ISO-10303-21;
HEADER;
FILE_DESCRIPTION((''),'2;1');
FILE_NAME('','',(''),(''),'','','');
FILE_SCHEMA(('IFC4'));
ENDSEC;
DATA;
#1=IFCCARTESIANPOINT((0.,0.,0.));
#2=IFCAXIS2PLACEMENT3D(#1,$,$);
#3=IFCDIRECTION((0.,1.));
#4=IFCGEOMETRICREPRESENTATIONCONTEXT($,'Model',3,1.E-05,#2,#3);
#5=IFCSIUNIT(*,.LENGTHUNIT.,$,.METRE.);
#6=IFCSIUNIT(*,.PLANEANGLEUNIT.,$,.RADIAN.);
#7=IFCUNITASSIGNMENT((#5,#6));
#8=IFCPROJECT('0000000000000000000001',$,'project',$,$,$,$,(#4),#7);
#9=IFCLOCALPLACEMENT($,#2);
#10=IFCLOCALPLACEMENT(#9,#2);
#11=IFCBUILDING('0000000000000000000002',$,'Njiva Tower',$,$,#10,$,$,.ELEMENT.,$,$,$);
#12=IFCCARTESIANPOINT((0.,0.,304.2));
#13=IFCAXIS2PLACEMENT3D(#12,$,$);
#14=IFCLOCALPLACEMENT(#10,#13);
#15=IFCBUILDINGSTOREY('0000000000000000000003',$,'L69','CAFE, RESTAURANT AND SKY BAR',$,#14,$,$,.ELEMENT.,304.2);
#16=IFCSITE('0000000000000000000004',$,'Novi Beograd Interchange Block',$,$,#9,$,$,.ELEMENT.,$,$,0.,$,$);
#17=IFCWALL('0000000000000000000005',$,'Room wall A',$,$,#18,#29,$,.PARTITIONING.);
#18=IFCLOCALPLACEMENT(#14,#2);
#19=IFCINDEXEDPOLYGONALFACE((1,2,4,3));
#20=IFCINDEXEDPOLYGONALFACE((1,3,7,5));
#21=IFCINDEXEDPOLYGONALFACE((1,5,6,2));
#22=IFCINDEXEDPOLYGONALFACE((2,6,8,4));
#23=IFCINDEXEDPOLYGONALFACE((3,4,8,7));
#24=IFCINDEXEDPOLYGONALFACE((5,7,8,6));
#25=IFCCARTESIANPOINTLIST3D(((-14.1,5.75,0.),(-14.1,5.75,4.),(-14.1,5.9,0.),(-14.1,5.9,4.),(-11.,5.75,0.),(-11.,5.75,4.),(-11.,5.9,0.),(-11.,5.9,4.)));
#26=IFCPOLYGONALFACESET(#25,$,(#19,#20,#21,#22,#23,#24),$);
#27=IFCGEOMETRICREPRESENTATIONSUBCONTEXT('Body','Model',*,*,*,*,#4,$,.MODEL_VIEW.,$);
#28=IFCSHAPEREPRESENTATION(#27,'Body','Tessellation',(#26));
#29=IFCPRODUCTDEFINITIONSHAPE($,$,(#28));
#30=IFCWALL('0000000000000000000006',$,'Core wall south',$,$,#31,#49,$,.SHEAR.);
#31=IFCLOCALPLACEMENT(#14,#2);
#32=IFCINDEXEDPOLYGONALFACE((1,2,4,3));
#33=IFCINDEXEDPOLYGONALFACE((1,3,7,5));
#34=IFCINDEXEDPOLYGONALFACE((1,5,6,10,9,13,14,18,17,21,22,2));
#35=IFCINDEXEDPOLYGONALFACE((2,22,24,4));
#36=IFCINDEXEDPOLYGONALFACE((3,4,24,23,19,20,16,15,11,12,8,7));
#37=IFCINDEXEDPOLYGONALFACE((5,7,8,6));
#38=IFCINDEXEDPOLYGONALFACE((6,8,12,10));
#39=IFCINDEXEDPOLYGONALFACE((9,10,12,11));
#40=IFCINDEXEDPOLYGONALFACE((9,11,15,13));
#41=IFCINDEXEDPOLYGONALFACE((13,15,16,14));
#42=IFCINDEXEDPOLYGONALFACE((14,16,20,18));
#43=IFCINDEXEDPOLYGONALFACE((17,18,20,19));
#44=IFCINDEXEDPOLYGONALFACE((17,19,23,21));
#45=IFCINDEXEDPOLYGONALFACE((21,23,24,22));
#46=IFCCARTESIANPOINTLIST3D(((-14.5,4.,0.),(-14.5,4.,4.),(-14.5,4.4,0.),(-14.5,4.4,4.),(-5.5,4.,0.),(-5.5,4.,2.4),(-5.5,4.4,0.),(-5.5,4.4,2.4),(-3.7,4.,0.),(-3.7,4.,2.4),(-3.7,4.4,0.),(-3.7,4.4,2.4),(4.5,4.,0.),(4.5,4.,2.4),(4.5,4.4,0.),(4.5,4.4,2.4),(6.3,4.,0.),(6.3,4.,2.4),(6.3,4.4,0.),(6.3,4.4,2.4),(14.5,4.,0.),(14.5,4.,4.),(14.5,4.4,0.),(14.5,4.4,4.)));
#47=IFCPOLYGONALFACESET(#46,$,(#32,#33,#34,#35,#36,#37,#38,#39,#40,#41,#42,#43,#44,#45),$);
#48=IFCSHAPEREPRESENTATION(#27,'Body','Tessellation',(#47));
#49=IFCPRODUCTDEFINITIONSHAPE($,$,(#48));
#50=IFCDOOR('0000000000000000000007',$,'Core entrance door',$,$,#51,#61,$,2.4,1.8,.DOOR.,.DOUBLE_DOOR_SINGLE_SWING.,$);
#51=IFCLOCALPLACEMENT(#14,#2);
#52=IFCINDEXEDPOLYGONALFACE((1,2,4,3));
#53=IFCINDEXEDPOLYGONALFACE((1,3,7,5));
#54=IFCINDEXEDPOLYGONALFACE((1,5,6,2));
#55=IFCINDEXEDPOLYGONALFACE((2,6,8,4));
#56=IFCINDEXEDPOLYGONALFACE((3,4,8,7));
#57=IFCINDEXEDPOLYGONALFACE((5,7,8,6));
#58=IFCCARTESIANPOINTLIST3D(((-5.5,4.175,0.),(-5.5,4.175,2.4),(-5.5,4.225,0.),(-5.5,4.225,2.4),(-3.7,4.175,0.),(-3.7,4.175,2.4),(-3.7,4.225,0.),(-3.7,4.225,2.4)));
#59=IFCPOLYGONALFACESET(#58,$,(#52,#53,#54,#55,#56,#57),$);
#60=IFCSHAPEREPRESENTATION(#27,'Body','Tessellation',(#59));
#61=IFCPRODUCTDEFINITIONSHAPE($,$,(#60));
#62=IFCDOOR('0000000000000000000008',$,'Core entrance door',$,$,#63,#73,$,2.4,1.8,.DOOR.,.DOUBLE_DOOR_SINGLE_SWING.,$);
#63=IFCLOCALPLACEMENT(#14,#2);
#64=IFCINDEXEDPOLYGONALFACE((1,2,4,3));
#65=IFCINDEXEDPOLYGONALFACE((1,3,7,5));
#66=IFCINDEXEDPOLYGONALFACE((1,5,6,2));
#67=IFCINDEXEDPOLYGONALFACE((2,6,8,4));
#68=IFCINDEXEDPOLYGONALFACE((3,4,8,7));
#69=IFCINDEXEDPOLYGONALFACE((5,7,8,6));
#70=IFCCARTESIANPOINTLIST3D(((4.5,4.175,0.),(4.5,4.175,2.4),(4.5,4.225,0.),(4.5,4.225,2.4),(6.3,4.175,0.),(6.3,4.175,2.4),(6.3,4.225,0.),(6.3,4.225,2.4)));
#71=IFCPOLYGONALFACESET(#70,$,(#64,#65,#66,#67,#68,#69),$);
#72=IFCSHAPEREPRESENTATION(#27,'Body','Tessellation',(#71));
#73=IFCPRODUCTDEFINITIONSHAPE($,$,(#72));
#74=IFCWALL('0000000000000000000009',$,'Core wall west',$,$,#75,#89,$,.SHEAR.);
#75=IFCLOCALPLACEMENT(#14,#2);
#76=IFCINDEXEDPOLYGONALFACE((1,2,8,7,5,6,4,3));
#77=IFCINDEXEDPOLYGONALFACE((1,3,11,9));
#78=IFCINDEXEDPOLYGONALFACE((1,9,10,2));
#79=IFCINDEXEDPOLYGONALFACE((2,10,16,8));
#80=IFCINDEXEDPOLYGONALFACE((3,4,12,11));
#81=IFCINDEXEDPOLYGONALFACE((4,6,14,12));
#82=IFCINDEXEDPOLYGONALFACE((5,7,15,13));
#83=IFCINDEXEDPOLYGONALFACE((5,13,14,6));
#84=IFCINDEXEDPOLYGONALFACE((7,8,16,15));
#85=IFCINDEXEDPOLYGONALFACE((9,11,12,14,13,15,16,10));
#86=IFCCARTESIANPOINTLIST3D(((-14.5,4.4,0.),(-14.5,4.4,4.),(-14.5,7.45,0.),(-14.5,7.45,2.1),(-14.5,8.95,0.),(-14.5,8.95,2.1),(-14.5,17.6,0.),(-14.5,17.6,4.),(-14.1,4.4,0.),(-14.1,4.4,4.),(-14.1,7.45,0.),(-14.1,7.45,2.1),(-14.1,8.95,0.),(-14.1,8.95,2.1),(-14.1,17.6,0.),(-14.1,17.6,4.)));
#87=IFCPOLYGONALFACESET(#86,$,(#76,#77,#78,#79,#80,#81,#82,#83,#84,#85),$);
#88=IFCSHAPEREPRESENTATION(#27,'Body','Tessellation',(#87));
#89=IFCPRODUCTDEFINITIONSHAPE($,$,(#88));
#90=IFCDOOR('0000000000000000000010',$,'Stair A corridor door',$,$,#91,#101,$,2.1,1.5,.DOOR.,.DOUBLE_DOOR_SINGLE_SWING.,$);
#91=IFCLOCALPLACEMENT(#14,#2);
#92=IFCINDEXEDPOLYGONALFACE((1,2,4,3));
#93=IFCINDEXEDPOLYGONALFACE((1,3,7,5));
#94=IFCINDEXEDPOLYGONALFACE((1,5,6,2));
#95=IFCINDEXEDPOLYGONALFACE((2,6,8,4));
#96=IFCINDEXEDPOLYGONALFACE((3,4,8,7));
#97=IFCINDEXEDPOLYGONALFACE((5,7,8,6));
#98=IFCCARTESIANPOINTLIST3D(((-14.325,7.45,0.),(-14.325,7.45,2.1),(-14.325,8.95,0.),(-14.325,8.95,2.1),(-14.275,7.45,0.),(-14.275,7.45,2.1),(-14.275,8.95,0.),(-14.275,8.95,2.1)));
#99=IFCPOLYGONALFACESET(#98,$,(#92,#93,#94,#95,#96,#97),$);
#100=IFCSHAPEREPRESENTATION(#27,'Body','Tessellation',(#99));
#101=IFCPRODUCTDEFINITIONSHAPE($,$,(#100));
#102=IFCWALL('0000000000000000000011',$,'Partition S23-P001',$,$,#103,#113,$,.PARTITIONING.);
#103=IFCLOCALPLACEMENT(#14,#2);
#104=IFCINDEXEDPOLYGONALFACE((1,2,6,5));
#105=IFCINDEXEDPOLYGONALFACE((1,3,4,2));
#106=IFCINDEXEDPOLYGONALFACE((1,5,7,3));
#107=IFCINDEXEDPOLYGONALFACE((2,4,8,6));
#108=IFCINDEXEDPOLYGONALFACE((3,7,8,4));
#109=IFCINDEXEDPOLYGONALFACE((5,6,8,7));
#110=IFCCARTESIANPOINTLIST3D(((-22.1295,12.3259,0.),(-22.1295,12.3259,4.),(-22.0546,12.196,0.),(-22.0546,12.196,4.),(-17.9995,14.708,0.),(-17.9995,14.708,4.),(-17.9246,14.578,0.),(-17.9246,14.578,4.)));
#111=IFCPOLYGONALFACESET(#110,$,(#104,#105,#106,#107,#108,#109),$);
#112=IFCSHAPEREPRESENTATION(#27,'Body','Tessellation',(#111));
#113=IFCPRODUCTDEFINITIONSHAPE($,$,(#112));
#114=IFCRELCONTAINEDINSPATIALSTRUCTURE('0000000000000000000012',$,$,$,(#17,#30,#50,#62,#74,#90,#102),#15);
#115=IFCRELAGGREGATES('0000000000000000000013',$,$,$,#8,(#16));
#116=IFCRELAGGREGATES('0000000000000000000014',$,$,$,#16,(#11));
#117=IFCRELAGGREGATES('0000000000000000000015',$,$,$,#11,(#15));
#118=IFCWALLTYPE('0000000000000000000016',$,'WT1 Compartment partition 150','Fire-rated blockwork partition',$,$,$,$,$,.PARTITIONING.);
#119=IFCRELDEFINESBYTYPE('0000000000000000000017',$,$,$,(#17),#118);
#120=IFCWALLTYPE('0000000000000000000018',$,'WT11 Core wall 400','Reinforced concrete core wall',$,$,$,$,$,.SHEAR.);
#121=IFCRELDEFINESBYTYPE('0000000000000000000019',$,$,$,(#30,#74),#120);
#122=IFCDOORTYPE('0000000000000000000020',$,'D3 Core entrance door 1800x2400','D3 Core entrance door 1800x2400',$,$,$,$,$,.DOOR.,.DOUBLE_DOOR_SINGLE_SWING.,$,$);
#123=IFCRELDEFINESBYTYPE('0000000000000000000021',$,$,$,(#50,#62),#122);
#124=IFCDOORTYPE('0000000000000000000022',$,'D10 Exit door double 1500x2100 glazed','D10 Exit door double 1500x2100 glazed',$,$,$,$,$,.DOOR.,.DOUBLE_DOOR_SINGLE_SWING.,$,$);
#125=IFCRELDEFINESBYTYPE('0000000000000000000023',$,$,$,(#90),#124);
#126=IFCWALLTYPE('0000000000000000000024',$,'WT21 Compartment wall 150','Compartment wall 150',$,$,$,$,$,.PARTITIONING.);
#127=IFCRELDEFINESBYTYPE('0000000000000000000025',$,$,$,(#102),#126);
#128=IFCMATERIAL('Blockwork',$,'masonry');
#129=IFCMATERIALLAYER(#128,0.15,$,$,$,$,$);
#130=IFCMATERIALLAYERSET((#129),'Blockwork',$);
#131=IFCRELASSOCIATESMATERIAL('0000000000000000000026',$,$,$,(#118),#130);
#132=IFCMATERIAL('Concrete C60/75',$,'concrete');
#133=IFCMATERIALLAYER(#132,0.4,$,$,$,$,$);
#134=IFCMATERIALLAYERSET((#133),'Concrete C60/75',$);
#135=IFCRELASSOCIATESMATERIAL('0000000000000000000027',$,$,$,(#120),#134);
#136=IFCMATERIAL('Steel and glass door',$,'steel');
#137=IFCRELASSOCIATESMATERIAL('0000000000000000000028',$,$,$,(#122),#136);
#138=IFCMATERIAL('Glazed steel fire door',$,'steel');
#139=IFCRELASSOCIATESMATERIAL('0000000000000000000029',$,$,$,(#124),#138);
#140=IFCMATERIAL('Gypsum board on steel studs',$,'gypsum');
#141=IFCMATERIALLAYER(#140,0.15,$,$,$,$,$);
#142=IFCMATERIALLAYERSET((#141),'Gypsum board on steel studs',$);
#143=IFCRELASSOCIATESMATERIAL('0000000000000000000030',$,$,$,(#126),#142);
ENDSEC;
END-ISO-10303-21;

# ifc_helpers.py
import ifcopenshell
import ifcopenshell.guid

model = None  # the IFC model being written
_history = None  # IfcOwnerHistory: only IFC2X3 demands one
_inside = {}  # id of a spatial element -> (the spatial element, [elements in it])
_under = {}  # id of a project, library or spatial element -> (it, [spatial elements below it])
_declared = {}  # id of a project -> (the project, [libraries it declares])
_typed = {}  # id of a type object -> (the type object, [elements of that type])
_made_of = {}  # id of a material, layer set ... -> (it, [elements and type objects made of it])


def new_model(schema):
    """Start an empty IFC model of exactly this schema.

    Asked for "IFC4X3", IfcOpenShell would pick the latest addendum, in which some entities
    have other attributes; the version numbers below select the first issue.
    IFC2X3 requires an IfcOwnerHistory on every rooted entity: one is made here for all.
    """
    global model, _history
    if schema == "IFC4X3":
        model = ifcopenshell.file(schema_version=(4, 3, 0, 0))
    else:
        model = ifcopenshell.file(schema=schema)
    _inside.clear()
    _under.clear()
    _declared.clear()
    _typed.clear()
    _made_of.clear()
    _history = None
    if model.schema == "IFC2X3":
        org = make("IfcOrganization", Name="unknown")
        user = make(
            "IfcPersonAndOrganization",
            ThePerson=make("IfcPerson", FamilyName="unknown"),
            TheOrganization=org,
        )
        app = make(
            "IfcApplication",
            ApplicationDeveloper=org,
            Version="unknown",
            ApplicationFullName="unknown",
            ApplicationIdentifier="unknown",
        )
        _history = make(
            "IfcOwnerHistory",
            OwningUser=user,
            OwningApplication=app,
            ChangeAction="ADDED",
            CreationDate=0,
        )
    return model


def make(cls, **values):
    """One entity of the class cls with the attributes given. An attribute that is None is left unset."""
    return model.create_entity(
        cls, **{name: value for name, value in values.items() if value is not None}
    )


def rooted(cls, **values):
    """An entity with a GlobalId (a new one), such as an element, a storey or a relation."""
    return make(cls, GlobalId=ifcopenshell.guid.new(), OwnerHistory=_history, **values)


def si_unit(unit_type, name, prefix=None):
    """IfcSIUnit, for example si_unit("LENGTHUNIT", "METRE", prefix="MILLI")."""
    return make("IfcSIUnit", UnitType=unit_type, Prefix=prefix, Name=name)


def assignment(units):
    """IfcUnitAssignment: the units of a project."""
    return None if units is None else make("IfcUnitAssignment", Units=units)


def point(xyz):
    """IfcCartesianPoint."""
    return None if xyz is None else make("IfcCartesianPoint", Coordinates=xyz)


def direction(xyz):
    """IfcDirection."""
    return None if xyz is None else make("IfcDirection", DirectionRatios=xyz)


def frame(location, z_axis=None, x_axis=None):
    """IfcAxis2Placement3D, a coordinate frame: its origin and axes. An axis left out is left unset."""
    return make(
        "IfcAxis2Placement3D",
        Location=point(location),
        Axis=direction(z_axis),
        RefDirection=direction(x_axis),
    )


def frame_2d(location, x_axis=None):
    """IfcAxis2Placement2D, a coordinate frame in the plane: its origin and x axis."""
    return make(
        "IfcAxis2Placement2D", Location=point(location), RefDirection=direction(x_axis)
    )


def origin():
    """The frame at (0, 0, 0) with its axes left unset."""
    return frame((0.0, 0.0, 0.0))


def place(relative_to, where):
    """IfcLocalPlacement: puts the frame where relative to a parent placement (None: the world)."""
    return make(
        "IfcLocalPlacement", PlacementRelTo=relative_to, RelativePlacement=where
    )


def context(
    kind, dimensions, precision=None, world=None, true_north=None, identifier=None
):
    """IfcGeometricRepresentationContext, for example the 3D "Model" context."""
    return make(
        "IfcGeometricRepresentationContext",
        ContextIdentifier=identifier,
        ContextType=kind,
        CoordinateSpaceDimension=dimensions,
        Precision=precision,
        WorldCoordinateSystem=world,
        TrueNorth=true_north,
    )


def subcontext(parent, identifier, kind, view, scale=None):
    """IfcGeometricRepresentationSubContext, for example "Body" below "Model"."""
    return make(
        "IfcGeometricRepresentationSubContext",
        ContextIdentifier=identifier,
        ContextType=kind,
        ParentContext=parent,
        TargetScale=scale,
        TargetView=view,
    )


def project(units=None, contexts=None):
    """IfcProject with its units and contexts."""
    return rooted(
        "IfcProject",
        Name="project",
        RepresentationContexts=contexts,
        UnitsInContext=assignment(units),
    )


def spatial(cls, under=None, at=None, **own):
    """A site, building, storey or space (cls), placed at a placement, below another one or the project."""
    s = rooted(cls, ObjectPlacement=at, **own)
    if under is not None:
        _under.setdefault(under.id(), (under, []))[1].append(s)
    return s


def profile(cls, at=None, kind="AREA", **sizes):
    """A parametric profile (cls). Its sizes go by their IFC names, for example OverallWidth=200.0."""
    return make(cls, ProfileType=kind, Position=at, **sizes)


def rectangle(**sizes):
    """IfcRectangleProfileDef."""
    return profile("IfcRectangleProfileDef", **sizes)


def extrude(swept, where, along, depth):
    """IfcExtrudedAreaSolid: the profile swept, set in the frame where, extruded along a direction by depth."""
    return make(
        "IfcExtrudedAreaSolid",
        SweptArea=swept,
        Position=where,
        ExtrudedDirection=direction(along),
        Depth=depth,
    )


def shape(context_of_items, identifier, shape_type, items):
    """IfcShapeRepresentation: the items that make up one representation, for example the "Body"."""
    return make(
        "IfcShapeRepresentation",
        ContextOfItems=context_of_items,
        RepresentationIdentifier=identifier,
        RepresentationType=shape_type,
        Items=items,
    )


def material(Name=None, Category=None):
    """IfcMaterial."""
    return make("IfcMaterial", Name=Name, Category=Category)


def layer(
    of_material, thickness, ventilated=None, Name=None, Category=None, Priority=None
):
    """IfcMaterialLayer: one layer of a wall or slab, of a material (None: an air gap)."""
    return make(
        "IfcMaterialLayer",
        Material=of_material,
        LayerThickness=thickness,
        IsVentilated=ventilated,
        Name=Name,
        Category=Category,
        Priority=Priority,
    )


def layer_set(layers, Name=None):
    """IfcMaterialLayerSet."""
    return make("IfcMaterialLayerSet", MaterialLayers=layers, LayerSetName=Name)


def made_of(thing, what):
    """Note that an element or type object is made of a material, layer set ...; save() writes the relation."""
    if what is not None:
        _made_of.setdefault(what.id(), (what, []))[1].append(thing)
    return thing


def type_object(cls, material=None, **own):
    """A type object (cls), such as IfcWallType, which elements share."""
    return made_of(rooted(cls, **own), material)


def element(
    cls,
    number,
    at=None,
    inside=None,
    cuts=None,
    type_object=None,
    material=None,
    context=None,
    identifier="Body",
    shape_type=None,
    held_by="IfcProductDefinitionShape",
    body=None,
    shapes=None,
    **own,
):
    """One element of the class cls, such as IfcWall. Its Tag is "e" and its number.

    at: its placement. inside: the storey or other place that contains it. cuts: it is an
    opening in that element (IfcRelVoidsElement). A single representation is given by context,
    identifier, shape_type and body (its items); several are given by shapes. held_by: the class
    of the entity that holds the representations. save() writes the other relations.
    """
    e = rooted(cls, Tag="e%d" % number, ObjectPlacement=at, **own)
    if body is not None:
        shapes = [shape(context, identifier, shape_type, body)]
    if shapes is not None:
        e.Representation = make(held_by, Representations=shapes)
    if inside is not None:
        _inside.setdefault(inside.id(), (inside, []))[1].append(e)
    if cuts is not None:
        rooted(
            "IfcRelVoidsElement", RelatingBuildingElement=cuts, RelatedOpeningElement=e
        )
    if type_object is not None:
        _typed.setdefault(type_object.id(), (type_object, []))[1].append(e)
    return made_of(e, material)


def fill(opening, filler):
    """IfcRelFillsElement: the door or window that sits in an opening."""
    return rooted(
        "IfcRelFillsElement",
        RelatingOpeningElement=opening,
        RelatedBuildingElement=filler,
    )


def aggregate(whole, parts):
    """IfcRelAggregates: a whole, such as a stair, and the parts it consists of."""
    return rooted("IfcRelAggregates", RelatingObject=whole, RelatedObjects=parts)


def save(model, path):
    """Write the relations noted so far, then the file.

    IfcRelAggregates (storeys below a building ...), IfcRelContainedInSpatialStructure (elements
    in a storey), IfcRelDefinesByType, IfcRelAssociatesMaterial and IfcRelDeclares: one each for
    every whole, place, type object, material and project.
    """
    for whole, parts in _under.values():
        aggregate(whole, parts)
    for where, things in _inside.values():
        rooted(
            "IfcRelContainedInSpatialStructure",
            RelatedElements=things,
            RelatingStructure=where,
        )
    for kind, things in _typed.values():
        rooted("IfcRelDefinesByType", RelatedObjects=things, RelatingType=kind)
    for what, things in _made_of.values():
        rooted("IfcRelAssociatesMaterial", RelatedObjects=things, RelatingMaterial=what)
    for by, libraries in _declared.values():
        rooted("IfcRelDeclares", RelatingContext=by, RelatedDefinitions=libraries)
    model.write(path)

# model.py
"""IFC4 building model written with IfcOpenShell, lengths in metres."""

from ifc_helpers import new_model, si_unit, direction, frame, frame_2d, origin, place, context, subcontext, project, spatial, rectangle, extrude, material, layer, layer_set, type_object, element, fill, save


model = new_model("IFC4")

# Units and contexts
model_context = context("Model", 3, precision=1e-05, world=origin(), true_north=direction((0.0, 1.0)))
body_context = subcontext(model_context, "Body", "Model", "MODEL_VIEW")
ifc_project = project(units=[si_unit("LENGTHUNIT", "METRE"), si_unit("PLANEANGLEUNIT", "RADIAN")], contexts=[model_context])

# Site, building, storey
site_placement = place(None, origin())
site = spatial("IfcSite", under=ifc_project, at=site_placement, Name="Novi Beograd Interchange Block", CompositionType="ELEMENT", RefElevation=0.0)
building_placement = place(site_placement, origin())
building = spatial("IfcBuilding", under=site, at=building_placement, Name="Njiva Tower", CompositionType="ELEMENT")
storey_placement = place(building_placement, frame((0.0, 0.0, 304.2)))
storey = spatial("IfcBuildingStorey", under=building, at=storey_placement, Name="L69", Description="CAFE, RESTAURANT AND SKY BAR", CompositionType="ELEMENT", Elevation=304.2)

# Wall
ifc_material_1 = material(Name="Blockwork", Category="masonry")
ifc_layer_1 = layer(ifc_material_1, 0.15)
ifc_layer_set_1 = layer_set([ifc_layer_1], Name="Blockwork")
wall_type_1 = type_object("IfcWallType", Name="WT1 Compartment partition 150", Description="Fire-rated blockwork partition", PredefinedType="PARTITIONING", material=ifc_layer_set_1)
wall_1_placement = place(storey_placement, frame((-14.1, 5.825, 0.0), z_axis=(0.0, 0.0, 1.0), x_axis=(1.0, 0.0, 0.0)))
element("IfcWall", 1, at=wall_1_placement, inside=storey, type_object=wall_type_1, Name="Room wall A", PredefinedType="PARTITIONING", context=body_context, shape_type="SweptSolid", body=[
    extrude(rectangle(XDim=3.1, YDim=0.15, at=frame_2d((1.55, 0.0))), origin(), (0.0, 0.0, 1.0), 4.0),
])

# Wall, openings, doors
ifc_material_2 = material(Name="Concrete C60/75", Category="concrete")
ifc_layer_2 = layer(ifc_material_2, 0.4)
ifc_layer_set_2 = layer_set([ifc_layer_2], Name="Concrete C60/75")
wall_type_2 = type_object("IfcWallType", Name="WT11 Core wall 400", Description="Reinforced concrete core wall", PredefinedType="SHEAR", material=ifc_layer_set_2)
wall_2_placement = place(storey_placement, frame((-14.5, 4.2, 0.0), z_axis=(0.0, 0.0, 1.0), x_axis=(1.0, 0.0, 0.0)))
wall_2 = element("IfcWall", 2, at=wall_2_placement, inside=storey, type_object=wall_type_2, Name="Core wall south", PredefinedType="SHEAR", context=body_context, shape_type="SweptSolid", body=[
    extrude(rectangle(XDim=29.0, YDim=0.4, at=frame_2d((14.5, 0.0))), origin(), (0.0, 0.0, 1.0), 4.0),
])
opening_1_placement = place(wall_2_placement, frame((9.0, 0.0, 0.0)))
opening_1 = element("IfcOpeningElement", 3, at=opening_1_placement, cuts=wall_2, PredefinedType="OPENING", context=body_context, shape_type="SweptSolid", body=[
    extrude(rectangle(XDim=1.8, YDim=2.4, at=frame_2d((0.9, 1.2))), frame((0.0, 0.21, 0.0), z_axis=(0.0, -1.0, 0.0), x_axis=(1.0, 0.0, 0.0)), (0.0, 0.0, 1.0), 0.42),
])
opening_2_placement = place(wall_2_placement, frame((19.0, 0.0, 0.0)))
opening_2 = element("IfcOpeningElement", 4, at=opening_2_placement, cuts=wall_2, PredefinedType="OPENING", context=body_context, shape_type="SweptSolid", body=[
    extrude(rectangle(XDim=1.8, YDim=2.4, at=frame_2d((0.9, 1.2))), frame((0.0, 0.21, 0.0), z_axis=(0.0, -1.0, 0.0), x_axis=(1.0, 0.0, 0.0)), (0.0, 0.0, 1.0), 0.42),
])
ifc_material_3 = material(Name="Steel and glass door", Category="steel")
door_type_1 = type_object("IfcDoorType", Name="D3 Core entrance door 1800x2400", Description="D3 Core entrance door 1800x2400", OperationType="DOUBLE_DOOR_SINGLE_SWING", PredefinedType="DOOR", material=ifc_material_3)
door_1_placement = place(opening_1_placement, origin())
door_1 = element("IfcDoor", 5, at=door_1_placement, inside=storey, type_object=door_type_1, Name="Core entrance door", OperationType="DOUBLE_DOOR_SINGLE_SWING", OverallHeight=2.4, OverallWidth=1.8, PredefinedType="DOOR", context=body_context, shape_type="SweptSolid", body=[
    extrude(rectangle(XDim=1.8, YDim=2.4, at=frame_2d((0.9, 1.2))), frame((0.0, 0.025, 0.0), z_axis=(0.0, -1.0, 0.0), x_axis=(1.0, 0.0, 0.0)), (0.0, 0.0, 1.0), 0.05),
])
fill(opening_1, door_1)
door_2_placement = place(opening_2_placement, origin())
door_2 = element("IfcDoor", 6, at=door_2_placement, inside=storey, type_object=door_type_1, Name="Core entrance door", OperationType="DOUBLE_DOOR_SINGLE_SWING", OverallHeight=2.4, OverallWidth=1.8, PredefinedType="DOOR", context=body_context, shape_type="SweptSolid", body=[
    extrude(rectangle(XDim=1.8, YDim=2.4, at=frame_2d((0.9, 1.2))), frame((0.0, 0.025, 0.0), z_axis=(0.0, -1.0, 0.0), x_axis=(1.0, 0.0, 0.0)), (0.0, 0.0, 1.0), 0.05),
])
fill(opening_2, door_2)

# Wall, opening, door
wall_3_placement = place(storey_placement, frame((-14.3, 4.4, 0.0), z_axis=(0.0, 0.0, 1.0), x_axis=(0.0, 1.0, 0.0)))
wall_3 = element("IfcWall", 7, at=wall_3_placement, inside=storey, type_object=wall_type_2, Name="Core wall west", PredefinedType="SHEAR", context=body_context, shape_type="SweptSolid", body=[
    extrude(rectangle(XDim=13.2, YDim=0.4, at=frame_2d((6.6, 0.0))), origin(), (0.0, 0.0, 1.0), 4.0),
])
opening_3_placement = place(wall_3_placement, frame((3.05, 0.0, 0.0)))
opening_3 = element("IfcOpeningElement", 8, at=opening_3_placement, cuts=wall_3, PredefinedType="OPENING", context=body_context, shape_type="SweptSolid", body=[
    extrude(rectangle(XDim=1.5, YDim=2.1, at=frame_2d((0.75, 1.05))), frame((0.0, 0.21, 0.0), z_axis=(0.0, -1.0, 0.0), x_axis=(1.0, 0.0, 0.0)), (0.0, 0.0, 1.0), 0.42),
])
ifc_material_4 = material(Name="Glazed steel fire door", Category="steel")
door_type_2 = type_object("IfcDoorType", Name="D10 Exit door double 1500x2100 glazed", Description="D10 Exit door double 1500x2100 glazed", OperationType="DOUBLE_DOOR_SINGLE_SWING", PredefinedType="DOOR", material=ifc_material_4)
door_3_placement = place(opening_3_placement, origin())
door_3 = element("IfcDoor", 9, at=door_3_placement, inside=storey, type_object=door_type_2, Name="Stair A corridor door", OperationType="DOUBLE_DOOR_SINGLE_SWING", OverallHeight=2.1, OverallWidth=1.5, PredefinedType="DOOR", context=body_context, shape_type="SweptSolid", body=[
    extrude(rectangle(XDim=1.5, YDim=2.1, at=frame_2d((0.75, 1.05))), frame((0.0, 0.025, 0.0), z_axis=(0.0, -1.0, 0.0), x_axis=(1.0, 0.0, 0.0)), (0.0, 0.0, 1.0), 0.05),
])
fill(opening_3, door_3)

# Wall
ifc_material_5 = material(Name="Gypsum board on steel studs", Category="gypsum")
ifc_layer_3 = layer(ifc_material_5, 0.15)
ifc_layer_set_3 = layer_set([ifc_layer_3], Name="Gypsum board on steel studs")
wall_type_3 = type_object("IfcWallType", Name="WT21 Compartment wall 150", Description="Compartment wall 150", PredefinedType="PARTITIONING", material=ifc_layer_set_3)
wall_4_placement = place(storey_placement, frame((-22.092, 12.261, 0.0), z_axis=(0.0, 0.0, 1.0), x_axis=(0.866248, 0.499614, 0.0)))
element("IfcWall", 10, at=wall_4_placement, inside=storey, type_object=wall_type_3, Name="Partition S23-P001", PredefinedType="PARTITIONING", context=body_context, shape_type="SweptSolid", body=[
    extrude(rectangle(XDim=4.7677, YDim=0.15, at=frame_2d((2.3838, 0.0))), origin(), (0.0, 0.0, 1.0), 4.0),
])

save(model, "model.ifc")
